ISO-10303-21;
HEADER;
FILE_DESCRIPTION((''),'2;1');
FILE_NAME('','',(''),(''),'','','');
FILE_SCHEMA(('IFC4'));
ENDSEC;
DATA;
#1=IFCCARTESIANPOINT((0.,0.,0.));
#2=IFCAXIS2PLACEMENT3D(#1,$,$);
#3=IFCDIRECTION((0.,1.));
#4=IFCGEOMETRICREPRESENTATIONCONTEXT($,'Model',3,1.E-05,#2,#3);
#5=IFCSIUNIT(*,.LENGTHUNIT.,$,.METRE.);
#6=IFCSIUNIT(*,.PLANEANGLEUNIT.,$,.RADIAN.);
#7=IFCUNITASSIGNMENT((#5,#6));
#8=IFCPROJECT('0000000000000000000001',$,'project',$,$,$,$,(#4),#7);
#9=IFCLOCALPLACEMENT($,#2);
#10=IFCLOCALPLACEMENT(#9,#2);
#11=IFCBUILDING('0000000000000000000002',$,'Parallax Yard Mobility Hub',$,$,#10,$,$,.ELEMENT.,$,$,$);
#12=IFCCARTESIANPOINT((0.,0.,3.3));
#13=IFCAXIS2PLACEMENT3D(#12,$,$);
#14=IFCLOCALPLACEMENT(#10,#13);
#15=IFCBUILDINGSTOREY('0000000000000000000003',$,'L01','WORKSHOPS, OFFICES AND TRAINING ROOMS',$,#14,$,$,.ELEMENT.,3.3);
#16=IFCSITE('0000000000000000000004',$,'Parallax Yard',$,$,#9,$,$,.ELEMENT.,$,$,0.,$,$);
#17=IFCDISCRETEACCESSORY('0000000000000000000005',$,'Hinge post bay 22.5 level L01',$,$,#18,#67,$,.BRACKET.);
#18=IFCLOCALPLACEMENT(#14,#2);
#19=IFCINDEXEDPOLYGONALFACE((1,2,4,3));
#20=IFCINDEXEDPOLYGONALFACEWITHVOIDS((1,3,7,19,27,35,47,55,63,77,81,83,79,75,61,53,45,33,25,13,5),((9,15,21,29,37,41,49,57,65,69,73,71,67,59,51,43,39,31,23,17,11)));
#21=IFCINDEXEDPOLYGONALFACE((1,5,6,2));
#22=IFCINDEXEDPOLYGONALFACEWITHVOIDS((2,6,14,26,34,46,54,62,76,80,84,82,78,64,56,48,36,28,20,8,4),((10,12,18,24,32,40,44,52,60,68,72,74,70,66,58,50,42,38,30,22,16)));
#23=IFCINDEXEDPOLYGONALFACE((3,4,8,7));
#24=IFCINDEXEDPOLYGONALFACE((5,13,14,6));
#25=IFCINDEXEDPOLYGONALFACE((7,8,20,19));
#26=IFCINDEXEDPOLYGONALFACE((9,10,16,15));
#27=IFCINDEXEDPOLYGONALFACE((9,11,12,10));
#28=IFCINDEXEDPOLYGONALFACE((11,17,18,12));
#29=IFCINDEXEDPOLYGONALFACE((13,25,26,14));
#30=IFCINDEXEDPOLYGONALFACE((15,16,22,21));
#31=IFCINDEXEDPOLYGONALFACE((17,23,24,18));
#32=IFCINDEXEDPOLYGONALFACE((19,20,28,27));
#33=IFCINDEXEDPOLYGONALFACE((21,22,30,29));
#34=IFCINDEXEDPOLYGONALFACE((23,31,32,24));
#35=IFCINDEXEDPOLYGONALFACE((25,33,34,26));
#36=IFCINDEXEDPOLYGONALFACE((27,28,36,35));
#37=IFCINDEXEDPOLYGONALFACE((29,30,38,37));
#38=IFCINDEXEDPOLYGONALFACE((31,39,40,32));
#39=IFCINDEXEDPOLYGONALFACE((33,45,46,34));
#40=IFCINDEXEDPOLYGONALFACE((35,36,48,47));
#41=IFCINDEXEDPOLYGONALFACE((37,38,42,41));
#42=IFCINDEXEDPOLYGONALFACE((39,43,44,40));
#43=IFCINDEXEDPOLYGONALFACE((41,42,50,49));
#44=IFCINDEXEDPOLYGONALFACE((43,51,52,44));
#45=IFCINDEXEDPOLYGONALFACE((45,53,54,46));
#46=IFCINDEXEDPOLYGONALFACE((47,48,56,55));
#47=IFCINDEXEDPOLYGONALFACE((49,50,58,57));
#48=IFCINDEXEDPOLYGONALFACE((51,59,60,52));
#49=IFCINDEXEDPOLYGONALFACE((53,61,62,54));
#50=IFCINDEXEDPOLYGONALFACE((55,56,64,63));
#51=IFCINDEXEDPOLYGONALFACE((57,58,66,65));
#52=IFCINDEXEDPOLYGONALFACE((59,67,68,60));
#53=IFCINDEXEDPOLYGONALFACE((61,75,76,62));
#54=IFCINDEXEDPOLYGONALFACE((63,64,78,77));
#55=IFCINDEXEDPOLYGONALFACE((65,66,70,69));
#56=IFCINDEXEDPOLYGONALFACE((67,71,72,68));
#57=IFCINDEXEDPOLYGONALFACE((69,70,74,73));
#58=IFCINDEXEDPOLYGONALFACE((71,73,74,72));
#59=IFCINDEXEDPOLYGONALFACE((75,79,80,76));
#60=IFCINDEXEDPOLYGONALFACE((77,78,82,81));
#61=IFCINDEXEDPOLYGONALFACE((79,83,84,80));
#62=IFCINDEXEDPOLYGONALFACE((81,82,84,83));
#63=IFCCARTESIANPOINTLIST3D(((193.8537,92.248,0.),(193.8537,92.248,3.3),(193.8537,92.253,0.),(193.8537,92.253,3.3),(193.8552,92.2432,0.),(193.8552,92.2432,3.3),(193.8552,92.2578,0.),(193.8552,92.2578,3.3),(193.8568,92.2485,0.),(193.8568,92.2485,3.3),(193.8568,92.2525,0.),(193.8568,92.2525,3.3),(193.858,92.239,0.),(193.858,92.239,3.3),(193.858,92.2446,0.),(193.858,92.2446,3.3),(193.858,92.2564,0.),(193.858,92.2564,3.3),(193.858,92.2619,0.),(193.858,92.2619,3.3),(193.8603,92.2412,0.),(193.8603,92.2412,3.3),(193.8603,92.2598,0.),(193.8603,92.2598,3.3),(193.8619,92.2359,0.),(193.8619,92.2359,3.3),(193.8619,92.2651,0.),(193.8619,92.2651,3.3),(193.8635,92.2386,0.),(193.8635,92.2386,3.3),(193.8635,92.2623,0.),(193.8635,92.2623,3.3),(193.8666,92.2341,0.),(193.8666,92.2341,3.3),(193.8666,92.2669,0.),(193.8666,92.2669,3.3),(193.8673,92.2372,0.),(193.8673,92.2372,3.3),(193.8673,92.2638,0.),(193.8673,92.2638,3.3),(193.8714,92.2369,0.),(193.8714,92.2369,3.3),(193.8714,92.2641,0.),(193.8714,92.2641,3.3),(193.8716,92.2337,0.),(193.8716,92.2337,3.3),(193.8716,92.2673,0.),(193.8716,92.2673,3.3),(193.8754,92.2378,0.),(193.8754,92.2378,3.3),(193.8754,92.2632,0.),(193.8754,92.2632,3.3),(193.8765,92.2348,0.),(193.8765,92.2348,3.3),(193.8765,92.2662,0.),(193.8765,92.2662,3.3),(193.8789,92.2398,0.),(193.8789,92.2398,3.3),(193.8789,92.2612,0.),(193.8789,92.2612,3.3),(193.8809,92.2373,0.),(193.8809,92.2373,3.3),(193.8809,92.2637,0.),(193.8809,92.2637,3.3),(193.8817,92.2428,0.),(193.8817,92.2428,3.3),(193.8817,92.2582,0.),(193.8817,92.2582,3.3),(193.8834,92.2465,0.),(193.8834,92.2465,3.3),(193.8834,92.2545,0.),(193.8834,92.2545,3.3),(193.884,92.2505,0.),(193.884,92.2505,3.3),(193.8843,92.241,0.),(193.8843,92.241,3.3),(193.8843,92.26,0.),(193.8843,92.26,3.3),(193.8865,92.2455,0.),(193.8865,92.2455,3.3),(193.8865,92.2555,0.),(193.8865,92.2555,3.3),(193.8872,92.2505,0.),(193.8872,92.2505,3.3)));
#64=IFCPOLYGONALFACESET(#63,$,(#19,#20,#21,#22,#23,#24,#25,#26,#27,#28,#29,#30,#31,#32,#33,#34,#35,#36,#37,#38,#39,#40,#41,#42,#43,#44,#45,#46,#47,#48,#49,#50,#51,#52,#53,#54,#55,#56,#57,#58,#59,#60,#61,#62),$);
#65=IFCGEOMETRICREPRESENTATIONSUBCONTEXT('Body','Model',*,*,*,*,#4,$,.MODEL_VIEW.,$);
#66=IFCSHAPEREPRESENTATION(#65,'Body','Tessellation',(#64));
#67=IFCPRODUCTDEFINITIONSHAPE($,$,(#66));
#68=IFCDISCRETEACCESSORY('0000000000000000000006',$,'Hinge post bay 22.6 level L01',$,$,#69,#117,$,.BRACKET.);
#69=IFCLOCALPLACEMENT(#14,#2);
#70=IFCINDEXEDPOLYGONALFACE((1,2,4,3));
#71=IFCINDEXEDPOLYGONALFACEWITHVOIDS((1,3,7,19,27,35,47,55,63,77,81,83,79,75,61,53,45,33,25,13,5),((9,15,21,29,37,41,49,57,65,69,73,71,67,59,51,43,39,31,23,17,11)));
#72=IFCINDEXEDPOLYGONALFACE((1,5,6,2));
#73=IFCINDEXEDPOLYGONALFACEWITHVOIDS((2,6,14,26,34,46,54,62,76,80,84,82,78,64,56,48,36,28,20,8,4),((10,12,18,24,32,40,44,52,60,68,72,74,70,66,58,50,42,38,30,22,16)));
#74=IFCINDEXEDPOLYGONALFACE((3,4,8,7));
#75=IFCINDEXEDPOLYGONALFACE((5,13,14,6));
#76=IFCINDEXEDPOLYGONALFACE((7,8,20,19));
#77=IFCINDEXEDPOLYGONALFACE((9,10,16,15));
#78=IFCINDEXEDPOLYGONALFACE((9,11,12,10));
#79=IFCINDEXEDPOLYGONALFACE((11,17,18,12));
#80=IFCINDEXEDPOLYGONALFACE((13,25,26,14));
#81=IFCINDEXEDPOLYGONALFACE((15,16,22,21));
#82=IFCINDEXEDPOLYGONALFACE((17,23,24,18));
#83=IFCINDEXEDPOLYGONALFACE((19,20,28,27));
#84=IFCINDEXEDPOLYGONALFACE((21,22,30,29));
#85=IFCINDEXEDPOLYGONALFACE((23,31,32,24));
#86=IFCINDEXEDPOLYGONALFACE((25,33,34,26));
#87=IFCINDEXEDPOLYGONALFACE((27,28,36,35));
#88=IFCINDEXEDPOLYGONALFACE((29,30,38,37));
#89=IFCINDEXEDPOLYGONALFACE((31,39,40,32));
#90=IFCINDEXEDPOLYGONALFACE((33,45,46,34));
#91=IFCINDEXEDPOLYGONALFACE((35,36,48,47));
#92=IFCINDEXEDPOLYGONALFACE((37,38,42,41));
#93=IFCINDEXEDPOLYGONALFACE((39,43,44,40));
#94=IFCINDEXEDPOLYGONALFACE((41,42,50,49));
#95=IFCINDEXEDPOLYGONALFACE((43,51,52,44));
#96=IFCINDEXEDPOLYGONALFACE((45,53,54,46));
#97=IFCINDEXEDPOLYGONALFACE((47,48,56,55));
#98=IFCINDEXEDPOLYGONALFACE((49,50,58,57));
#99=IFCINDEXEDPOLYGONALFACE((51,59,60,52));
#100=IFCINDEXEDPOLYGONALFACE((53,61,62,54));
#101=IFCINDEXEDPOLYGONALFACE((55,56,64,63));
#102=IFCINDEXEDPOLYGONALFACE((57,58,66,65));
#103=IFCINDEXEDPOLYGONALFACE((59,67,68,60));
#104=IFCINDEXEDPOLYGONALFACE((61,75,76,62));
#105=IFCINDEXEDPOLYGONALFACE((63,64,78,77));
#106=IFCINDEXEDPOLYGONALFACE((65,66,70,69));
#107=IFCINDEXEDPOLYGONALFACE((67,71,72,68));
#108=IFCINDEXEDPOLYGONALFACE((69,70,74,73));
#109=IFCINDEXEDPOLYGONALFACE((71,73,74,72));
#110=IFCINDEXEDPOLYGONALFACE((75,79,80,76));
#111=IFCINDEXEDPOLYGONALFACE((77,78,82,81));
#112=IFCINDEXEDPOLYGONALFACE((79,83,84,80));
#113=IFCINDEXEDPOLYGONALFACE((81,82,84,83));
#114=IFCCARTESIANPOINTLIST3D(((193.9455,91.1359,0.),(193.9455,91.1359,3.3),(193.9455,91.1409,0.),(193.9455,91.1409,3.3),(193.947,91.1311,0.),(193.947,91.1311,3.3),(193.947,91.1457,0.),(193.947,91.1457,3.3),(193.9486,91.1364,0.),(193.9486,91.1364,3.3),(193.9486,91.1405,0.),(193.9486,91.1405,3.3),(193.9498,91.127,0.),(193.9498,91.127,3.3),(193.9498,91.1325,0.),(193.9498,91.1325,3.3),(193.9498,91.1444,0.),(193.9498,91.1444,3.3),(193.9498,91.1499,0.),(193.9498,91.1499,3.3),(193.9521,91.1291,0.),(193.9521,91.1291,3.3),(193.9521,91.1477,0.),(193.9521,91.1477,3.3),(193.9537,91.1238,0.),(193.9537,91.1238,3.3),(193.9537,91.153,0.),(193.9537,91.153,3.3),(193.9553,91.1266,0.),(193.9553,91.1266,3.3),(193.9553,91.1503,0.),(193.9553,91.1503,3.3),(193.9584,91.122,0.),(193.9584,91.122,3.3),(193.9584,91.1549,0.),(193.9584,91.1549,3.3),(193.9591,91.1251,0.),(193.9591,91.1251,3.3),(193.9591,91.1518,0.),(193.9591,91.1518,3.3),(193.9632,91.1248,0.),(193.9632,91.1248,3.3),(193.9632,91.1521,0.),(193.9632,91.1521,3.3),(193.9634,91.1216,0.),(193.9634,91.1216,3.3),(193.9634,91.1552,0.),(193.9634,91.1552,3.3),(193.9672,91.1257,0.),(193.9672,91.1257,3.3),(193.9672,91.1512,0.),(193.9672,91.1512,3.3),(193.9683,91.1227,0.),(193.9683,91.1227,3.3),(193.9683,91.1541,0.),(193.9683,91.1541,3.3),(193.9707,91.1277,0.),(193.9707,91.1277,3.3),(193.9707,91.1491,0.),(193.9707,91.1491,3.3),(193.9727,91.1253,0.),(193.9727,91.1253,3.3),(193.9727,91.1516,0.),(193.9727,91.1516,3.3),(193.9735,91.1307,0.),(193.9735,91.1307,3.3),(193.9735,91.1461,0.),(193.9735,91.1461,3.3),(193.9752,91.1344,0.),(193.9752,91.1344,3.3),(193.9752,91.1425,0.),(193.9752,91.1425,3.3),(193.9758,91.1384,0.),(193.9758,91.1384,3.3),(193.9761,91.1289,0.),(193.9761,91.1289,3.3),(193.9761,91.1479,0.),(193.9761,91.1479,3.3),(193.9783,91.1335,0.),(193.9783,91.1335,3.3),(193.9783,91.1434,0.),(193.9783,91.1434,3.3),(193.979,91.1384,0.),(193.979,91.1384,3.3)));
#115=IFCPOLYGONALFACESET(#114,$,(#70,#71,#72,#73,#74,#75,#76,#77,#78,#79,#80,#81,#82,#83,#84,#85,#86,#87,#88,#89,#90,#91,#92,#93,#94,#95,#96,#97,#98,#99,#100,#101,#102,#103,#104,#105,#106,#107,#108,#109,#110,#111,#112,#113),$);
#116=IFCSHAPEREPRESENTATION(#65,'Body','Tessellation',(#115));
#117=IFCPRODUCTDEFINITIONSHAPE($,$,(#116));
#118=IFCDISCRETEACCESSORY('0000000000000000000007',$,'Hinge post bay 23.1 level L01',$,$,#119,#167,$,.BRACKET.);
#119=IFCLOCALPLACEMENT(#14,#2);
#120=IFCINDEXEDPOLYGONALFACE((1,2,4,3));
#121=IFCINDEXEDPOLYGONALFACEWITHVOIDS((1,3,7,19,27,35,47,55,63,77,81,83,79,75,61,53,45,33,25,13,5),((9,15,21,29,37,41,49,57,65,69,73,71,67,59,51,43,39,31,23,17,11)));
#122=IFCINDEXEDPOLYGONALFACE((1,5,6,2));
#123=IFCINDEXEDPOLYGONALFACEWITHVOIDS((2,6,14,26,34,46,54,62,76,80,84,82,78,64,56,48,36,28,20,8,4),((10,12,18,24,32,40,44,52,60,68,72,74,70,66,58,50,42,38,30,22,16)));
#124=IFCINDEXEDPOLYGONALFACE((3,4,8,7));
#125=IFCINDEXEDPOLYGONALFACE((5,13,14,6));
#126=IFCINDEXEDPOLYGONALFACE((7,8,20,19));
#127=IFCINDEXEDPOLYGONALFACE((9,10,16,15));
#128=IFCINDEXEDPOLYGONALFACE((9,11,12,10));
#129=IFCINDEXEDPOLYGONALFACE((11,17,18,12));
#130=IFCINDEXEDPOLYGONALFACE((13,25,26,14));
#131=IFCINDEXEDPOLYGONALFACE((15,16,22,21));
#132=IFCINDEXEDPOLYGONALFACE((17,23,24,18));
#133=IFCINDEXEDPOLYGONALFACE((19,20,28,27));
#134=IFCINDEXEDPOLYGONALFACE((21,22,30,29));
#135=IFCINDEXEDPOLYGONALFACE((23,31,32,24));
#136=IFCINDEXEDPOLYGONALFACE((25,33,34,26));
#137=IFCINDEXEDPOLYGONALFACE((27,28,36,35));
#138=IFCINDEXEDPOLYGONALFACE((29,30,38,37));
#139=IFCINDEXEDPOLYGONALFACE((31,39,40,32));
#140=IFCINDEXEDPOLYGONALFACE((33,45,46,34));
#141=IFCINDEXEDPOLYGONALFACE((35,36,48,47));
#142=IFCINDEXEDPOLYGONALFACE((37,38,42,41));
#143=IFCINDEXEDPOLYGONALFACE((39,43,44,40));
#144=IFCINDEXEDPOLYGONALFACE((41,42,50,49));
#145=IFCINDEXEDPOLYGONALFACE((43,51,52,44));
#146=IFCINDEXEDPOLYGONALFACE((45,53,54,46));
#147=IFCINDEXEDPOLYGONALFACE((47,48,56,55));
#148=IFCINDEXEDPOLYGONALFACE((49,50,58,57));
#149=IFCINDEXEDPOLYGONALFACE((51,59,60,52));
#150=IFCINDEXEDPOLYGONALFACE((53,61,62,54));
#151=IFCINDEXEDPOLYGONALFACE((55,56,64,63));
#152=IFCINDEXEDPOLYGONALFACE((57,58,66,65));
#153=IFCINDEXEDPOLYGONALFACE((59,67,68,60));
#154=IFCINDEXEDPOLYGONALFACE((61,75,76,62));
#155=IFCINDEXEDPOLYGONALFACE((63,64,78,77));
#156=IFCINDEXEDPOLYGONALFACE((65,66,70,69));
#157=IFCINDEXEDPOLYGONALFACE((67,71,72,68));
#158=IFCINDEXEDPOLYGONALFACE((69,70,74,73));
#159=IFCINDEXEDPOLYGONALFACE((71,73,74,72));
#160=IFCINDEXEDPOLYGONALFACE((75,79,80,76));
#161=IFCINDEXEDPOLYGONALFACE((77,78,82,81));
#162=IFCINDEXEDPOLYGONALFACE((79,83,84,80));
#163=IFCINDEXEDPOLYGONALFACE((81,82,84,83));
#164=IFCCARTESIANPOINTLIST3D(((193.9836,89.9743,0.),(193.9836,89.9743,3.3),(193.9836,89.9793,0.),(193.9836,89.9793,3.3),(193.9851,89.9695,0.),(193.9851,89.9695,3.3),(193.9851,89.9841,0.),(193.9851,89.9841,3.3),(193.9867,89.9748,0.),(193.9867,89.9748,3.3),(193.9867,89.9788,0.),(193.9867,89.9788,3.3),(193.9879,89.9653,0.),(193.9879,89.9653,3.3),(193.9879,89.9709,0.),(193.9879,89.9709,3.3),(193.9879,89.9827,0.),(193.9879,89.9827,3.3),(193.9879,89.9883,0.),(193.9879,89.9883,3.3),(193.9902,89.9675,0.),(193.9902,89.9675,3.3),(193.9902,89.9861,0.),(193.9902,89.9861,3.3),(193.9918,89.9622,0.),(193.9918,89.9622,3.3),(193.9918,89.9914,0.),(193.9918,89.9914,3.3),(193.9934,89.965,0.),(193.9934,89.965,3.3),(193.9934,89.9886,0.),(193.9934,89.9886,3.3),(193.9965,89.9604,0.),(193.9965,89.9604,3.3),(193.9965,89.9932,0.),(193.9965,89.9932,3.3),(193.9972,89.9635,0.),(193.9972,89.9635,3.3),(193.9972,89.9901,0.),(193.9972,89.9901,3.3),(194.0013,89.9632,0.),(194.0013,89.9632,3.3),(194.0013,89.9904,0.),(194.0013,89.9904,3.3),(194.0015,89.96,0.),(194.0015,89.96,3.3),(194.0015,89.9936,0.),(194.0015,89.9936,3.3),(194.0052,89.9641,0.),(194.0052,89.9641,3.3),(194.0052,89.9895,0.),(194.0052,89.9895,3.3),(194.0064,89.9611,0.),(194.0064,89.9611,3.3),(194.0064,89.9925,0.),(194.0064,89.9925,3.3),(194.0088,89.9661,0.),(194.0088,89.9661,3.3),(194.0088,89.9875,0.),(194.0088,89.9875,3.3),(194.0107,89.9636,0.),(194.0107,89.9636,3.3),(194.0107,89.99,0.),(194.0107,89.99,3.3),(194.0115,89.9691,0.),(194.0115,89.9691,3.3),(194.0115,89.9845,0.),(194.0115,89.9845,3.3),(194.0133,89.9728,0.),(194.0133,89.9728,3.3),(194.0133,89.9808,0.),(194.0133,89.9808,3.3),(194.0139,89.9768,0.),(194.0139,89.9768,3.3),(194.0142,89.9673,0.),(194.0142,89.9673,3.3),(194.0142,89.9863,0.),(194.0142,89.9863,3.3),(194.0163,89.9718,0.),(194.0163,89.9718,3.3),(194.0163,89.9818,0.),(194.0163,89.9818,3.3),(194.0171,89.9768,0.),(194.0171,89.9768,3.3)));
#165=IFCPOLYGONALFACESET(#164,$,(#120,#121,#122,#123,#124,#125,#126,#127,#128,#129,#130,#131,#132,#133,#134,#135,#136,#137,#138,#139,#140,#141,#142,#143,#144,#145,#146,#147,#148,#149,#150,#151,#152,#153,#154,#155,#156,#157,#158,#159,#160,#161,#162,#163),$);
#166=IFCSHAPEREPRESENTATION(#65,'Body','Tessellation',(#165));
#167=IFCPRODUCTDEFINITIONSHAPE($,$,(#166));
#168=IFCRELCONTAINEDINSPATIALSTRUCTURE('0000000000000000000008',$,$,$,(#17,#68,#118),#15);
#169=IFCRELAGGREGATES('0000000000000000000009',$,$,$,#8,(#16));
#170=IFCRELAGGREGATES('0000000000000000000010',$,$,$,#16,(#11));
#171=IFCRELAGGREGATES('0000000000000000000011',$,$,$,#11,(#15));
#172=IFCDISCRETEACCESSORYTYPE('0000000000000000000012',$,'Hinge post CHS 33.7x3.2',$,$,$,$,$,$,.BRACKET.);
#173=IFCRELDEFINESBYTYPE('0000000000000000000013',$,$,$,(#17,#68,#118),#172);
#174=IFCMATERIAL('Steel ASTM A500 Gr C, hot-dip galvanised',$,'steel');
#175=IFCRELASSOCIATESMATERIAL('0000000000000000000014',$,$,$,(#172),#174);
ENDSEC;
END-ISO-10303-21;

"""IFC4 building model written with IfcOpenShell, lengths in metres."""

from ifc_helpers import new_model, si_unit, direction, frame, origin, origin_2d, place, context, subcontext, project, spatial, hollow_circle, extrude, material, material_profile, profile_set, type_object, element, save


model = new_model("IFC4")

# Units and contexts
model_context = context("Model", 3, precision=1e-05, world=origin(), true_north=direction((0.0, 1.0)))
body_context = subcontext(model_context, "Body", "Model", "MODEL_VIEW")
ifc_project = project(units=[si_unit("LENGTHUNIT", "METRE"), si_unit("PLANEANGLEUNIT", "RADIAN")], contexts=[model_context])

# Site, building, storey
site_placement = place(None, origin())
site = spatial("IfcSite", under=ifc_project, at=site_placement, Name="Parallax Yard", CompositionType="ELEMENT", RefElevation=0.0)
building_placement = place(site_placement, origin())
building = spatial("IfcBuilding", under=site, at=building_placement, Name="Parallax Yard Mobility Hub", CompositionType="ELEMENT")
storey_placement = place(building_placement, frame((0.0, 0.0, 3.3)))
storey = spatial("IfcBuildingStorey", under=building, at=storey_placement, Name="L01", Description="WORKSHOPS, OFFICES AND TRAINING ROOMS", CompositionType="ELEMENT", Elevation=3.3)

# Discrete accessories
ifc_material_1 = material(Name="Steel ASTM A500 Gr C, hot-dip galvanised", Category="steel")
ifc_material_profile_1 = material_profile(ifc_material_1, hollow_circle(Radius=0.0168, WallThickness=0.0032, at=origin_2d()), Name="CHS 33.7x3.2")
ifc_profile_set_1 = profile_set([ifc_material_profile_1], Name="Steel ASTM A500 Gr C, hot-dip galvanised")
discrete_accessory_type_1 = type_object("IfcDiscreteAccessoryType", Name="Hinge post CHS 33.7x3.2", PredefinedType="BRACKET", material=ifc_profile_set_1)
for number, where, z_axis, x_axis, name in (
    (1, (193.8704, 92.2505, 0.0), (0.0, 0.0, 1.0), (1.0, 0.0, 0.0), "Hinge post bay 22.5 level L01"),
    (2, (193.9622, 91.1384, 0.0), (0.0, 0.0, 1.0), (1.0, 0.0, 0.0), "Hinge post bay 22.6 level L01"),
    (3, (194.0002, 89.9768, 0.0), (0.0, 0.0, 1.0), (1.0, 0.0, 0.0), "Hinge post bay 23.1 level L01"),
):
    element("IfcDiscreteAccessory", number, at=place(storey_placement, frame(where, z_axis=z_axis, x_axis=x_axis)), inside=storey, type_object=discrete_accessory_type_1, Name=name, PredefinedType="BRACKET", context=body_context, shape_type="SweptSolid", body=[
        extrude(hollow_circle(Radius=0.0168, WallThickness=0.0032, at=origin_2d()), origin(), (0.0, 0.0, 1.0), 3.3),
    ])

save(model, "model.ifc")
